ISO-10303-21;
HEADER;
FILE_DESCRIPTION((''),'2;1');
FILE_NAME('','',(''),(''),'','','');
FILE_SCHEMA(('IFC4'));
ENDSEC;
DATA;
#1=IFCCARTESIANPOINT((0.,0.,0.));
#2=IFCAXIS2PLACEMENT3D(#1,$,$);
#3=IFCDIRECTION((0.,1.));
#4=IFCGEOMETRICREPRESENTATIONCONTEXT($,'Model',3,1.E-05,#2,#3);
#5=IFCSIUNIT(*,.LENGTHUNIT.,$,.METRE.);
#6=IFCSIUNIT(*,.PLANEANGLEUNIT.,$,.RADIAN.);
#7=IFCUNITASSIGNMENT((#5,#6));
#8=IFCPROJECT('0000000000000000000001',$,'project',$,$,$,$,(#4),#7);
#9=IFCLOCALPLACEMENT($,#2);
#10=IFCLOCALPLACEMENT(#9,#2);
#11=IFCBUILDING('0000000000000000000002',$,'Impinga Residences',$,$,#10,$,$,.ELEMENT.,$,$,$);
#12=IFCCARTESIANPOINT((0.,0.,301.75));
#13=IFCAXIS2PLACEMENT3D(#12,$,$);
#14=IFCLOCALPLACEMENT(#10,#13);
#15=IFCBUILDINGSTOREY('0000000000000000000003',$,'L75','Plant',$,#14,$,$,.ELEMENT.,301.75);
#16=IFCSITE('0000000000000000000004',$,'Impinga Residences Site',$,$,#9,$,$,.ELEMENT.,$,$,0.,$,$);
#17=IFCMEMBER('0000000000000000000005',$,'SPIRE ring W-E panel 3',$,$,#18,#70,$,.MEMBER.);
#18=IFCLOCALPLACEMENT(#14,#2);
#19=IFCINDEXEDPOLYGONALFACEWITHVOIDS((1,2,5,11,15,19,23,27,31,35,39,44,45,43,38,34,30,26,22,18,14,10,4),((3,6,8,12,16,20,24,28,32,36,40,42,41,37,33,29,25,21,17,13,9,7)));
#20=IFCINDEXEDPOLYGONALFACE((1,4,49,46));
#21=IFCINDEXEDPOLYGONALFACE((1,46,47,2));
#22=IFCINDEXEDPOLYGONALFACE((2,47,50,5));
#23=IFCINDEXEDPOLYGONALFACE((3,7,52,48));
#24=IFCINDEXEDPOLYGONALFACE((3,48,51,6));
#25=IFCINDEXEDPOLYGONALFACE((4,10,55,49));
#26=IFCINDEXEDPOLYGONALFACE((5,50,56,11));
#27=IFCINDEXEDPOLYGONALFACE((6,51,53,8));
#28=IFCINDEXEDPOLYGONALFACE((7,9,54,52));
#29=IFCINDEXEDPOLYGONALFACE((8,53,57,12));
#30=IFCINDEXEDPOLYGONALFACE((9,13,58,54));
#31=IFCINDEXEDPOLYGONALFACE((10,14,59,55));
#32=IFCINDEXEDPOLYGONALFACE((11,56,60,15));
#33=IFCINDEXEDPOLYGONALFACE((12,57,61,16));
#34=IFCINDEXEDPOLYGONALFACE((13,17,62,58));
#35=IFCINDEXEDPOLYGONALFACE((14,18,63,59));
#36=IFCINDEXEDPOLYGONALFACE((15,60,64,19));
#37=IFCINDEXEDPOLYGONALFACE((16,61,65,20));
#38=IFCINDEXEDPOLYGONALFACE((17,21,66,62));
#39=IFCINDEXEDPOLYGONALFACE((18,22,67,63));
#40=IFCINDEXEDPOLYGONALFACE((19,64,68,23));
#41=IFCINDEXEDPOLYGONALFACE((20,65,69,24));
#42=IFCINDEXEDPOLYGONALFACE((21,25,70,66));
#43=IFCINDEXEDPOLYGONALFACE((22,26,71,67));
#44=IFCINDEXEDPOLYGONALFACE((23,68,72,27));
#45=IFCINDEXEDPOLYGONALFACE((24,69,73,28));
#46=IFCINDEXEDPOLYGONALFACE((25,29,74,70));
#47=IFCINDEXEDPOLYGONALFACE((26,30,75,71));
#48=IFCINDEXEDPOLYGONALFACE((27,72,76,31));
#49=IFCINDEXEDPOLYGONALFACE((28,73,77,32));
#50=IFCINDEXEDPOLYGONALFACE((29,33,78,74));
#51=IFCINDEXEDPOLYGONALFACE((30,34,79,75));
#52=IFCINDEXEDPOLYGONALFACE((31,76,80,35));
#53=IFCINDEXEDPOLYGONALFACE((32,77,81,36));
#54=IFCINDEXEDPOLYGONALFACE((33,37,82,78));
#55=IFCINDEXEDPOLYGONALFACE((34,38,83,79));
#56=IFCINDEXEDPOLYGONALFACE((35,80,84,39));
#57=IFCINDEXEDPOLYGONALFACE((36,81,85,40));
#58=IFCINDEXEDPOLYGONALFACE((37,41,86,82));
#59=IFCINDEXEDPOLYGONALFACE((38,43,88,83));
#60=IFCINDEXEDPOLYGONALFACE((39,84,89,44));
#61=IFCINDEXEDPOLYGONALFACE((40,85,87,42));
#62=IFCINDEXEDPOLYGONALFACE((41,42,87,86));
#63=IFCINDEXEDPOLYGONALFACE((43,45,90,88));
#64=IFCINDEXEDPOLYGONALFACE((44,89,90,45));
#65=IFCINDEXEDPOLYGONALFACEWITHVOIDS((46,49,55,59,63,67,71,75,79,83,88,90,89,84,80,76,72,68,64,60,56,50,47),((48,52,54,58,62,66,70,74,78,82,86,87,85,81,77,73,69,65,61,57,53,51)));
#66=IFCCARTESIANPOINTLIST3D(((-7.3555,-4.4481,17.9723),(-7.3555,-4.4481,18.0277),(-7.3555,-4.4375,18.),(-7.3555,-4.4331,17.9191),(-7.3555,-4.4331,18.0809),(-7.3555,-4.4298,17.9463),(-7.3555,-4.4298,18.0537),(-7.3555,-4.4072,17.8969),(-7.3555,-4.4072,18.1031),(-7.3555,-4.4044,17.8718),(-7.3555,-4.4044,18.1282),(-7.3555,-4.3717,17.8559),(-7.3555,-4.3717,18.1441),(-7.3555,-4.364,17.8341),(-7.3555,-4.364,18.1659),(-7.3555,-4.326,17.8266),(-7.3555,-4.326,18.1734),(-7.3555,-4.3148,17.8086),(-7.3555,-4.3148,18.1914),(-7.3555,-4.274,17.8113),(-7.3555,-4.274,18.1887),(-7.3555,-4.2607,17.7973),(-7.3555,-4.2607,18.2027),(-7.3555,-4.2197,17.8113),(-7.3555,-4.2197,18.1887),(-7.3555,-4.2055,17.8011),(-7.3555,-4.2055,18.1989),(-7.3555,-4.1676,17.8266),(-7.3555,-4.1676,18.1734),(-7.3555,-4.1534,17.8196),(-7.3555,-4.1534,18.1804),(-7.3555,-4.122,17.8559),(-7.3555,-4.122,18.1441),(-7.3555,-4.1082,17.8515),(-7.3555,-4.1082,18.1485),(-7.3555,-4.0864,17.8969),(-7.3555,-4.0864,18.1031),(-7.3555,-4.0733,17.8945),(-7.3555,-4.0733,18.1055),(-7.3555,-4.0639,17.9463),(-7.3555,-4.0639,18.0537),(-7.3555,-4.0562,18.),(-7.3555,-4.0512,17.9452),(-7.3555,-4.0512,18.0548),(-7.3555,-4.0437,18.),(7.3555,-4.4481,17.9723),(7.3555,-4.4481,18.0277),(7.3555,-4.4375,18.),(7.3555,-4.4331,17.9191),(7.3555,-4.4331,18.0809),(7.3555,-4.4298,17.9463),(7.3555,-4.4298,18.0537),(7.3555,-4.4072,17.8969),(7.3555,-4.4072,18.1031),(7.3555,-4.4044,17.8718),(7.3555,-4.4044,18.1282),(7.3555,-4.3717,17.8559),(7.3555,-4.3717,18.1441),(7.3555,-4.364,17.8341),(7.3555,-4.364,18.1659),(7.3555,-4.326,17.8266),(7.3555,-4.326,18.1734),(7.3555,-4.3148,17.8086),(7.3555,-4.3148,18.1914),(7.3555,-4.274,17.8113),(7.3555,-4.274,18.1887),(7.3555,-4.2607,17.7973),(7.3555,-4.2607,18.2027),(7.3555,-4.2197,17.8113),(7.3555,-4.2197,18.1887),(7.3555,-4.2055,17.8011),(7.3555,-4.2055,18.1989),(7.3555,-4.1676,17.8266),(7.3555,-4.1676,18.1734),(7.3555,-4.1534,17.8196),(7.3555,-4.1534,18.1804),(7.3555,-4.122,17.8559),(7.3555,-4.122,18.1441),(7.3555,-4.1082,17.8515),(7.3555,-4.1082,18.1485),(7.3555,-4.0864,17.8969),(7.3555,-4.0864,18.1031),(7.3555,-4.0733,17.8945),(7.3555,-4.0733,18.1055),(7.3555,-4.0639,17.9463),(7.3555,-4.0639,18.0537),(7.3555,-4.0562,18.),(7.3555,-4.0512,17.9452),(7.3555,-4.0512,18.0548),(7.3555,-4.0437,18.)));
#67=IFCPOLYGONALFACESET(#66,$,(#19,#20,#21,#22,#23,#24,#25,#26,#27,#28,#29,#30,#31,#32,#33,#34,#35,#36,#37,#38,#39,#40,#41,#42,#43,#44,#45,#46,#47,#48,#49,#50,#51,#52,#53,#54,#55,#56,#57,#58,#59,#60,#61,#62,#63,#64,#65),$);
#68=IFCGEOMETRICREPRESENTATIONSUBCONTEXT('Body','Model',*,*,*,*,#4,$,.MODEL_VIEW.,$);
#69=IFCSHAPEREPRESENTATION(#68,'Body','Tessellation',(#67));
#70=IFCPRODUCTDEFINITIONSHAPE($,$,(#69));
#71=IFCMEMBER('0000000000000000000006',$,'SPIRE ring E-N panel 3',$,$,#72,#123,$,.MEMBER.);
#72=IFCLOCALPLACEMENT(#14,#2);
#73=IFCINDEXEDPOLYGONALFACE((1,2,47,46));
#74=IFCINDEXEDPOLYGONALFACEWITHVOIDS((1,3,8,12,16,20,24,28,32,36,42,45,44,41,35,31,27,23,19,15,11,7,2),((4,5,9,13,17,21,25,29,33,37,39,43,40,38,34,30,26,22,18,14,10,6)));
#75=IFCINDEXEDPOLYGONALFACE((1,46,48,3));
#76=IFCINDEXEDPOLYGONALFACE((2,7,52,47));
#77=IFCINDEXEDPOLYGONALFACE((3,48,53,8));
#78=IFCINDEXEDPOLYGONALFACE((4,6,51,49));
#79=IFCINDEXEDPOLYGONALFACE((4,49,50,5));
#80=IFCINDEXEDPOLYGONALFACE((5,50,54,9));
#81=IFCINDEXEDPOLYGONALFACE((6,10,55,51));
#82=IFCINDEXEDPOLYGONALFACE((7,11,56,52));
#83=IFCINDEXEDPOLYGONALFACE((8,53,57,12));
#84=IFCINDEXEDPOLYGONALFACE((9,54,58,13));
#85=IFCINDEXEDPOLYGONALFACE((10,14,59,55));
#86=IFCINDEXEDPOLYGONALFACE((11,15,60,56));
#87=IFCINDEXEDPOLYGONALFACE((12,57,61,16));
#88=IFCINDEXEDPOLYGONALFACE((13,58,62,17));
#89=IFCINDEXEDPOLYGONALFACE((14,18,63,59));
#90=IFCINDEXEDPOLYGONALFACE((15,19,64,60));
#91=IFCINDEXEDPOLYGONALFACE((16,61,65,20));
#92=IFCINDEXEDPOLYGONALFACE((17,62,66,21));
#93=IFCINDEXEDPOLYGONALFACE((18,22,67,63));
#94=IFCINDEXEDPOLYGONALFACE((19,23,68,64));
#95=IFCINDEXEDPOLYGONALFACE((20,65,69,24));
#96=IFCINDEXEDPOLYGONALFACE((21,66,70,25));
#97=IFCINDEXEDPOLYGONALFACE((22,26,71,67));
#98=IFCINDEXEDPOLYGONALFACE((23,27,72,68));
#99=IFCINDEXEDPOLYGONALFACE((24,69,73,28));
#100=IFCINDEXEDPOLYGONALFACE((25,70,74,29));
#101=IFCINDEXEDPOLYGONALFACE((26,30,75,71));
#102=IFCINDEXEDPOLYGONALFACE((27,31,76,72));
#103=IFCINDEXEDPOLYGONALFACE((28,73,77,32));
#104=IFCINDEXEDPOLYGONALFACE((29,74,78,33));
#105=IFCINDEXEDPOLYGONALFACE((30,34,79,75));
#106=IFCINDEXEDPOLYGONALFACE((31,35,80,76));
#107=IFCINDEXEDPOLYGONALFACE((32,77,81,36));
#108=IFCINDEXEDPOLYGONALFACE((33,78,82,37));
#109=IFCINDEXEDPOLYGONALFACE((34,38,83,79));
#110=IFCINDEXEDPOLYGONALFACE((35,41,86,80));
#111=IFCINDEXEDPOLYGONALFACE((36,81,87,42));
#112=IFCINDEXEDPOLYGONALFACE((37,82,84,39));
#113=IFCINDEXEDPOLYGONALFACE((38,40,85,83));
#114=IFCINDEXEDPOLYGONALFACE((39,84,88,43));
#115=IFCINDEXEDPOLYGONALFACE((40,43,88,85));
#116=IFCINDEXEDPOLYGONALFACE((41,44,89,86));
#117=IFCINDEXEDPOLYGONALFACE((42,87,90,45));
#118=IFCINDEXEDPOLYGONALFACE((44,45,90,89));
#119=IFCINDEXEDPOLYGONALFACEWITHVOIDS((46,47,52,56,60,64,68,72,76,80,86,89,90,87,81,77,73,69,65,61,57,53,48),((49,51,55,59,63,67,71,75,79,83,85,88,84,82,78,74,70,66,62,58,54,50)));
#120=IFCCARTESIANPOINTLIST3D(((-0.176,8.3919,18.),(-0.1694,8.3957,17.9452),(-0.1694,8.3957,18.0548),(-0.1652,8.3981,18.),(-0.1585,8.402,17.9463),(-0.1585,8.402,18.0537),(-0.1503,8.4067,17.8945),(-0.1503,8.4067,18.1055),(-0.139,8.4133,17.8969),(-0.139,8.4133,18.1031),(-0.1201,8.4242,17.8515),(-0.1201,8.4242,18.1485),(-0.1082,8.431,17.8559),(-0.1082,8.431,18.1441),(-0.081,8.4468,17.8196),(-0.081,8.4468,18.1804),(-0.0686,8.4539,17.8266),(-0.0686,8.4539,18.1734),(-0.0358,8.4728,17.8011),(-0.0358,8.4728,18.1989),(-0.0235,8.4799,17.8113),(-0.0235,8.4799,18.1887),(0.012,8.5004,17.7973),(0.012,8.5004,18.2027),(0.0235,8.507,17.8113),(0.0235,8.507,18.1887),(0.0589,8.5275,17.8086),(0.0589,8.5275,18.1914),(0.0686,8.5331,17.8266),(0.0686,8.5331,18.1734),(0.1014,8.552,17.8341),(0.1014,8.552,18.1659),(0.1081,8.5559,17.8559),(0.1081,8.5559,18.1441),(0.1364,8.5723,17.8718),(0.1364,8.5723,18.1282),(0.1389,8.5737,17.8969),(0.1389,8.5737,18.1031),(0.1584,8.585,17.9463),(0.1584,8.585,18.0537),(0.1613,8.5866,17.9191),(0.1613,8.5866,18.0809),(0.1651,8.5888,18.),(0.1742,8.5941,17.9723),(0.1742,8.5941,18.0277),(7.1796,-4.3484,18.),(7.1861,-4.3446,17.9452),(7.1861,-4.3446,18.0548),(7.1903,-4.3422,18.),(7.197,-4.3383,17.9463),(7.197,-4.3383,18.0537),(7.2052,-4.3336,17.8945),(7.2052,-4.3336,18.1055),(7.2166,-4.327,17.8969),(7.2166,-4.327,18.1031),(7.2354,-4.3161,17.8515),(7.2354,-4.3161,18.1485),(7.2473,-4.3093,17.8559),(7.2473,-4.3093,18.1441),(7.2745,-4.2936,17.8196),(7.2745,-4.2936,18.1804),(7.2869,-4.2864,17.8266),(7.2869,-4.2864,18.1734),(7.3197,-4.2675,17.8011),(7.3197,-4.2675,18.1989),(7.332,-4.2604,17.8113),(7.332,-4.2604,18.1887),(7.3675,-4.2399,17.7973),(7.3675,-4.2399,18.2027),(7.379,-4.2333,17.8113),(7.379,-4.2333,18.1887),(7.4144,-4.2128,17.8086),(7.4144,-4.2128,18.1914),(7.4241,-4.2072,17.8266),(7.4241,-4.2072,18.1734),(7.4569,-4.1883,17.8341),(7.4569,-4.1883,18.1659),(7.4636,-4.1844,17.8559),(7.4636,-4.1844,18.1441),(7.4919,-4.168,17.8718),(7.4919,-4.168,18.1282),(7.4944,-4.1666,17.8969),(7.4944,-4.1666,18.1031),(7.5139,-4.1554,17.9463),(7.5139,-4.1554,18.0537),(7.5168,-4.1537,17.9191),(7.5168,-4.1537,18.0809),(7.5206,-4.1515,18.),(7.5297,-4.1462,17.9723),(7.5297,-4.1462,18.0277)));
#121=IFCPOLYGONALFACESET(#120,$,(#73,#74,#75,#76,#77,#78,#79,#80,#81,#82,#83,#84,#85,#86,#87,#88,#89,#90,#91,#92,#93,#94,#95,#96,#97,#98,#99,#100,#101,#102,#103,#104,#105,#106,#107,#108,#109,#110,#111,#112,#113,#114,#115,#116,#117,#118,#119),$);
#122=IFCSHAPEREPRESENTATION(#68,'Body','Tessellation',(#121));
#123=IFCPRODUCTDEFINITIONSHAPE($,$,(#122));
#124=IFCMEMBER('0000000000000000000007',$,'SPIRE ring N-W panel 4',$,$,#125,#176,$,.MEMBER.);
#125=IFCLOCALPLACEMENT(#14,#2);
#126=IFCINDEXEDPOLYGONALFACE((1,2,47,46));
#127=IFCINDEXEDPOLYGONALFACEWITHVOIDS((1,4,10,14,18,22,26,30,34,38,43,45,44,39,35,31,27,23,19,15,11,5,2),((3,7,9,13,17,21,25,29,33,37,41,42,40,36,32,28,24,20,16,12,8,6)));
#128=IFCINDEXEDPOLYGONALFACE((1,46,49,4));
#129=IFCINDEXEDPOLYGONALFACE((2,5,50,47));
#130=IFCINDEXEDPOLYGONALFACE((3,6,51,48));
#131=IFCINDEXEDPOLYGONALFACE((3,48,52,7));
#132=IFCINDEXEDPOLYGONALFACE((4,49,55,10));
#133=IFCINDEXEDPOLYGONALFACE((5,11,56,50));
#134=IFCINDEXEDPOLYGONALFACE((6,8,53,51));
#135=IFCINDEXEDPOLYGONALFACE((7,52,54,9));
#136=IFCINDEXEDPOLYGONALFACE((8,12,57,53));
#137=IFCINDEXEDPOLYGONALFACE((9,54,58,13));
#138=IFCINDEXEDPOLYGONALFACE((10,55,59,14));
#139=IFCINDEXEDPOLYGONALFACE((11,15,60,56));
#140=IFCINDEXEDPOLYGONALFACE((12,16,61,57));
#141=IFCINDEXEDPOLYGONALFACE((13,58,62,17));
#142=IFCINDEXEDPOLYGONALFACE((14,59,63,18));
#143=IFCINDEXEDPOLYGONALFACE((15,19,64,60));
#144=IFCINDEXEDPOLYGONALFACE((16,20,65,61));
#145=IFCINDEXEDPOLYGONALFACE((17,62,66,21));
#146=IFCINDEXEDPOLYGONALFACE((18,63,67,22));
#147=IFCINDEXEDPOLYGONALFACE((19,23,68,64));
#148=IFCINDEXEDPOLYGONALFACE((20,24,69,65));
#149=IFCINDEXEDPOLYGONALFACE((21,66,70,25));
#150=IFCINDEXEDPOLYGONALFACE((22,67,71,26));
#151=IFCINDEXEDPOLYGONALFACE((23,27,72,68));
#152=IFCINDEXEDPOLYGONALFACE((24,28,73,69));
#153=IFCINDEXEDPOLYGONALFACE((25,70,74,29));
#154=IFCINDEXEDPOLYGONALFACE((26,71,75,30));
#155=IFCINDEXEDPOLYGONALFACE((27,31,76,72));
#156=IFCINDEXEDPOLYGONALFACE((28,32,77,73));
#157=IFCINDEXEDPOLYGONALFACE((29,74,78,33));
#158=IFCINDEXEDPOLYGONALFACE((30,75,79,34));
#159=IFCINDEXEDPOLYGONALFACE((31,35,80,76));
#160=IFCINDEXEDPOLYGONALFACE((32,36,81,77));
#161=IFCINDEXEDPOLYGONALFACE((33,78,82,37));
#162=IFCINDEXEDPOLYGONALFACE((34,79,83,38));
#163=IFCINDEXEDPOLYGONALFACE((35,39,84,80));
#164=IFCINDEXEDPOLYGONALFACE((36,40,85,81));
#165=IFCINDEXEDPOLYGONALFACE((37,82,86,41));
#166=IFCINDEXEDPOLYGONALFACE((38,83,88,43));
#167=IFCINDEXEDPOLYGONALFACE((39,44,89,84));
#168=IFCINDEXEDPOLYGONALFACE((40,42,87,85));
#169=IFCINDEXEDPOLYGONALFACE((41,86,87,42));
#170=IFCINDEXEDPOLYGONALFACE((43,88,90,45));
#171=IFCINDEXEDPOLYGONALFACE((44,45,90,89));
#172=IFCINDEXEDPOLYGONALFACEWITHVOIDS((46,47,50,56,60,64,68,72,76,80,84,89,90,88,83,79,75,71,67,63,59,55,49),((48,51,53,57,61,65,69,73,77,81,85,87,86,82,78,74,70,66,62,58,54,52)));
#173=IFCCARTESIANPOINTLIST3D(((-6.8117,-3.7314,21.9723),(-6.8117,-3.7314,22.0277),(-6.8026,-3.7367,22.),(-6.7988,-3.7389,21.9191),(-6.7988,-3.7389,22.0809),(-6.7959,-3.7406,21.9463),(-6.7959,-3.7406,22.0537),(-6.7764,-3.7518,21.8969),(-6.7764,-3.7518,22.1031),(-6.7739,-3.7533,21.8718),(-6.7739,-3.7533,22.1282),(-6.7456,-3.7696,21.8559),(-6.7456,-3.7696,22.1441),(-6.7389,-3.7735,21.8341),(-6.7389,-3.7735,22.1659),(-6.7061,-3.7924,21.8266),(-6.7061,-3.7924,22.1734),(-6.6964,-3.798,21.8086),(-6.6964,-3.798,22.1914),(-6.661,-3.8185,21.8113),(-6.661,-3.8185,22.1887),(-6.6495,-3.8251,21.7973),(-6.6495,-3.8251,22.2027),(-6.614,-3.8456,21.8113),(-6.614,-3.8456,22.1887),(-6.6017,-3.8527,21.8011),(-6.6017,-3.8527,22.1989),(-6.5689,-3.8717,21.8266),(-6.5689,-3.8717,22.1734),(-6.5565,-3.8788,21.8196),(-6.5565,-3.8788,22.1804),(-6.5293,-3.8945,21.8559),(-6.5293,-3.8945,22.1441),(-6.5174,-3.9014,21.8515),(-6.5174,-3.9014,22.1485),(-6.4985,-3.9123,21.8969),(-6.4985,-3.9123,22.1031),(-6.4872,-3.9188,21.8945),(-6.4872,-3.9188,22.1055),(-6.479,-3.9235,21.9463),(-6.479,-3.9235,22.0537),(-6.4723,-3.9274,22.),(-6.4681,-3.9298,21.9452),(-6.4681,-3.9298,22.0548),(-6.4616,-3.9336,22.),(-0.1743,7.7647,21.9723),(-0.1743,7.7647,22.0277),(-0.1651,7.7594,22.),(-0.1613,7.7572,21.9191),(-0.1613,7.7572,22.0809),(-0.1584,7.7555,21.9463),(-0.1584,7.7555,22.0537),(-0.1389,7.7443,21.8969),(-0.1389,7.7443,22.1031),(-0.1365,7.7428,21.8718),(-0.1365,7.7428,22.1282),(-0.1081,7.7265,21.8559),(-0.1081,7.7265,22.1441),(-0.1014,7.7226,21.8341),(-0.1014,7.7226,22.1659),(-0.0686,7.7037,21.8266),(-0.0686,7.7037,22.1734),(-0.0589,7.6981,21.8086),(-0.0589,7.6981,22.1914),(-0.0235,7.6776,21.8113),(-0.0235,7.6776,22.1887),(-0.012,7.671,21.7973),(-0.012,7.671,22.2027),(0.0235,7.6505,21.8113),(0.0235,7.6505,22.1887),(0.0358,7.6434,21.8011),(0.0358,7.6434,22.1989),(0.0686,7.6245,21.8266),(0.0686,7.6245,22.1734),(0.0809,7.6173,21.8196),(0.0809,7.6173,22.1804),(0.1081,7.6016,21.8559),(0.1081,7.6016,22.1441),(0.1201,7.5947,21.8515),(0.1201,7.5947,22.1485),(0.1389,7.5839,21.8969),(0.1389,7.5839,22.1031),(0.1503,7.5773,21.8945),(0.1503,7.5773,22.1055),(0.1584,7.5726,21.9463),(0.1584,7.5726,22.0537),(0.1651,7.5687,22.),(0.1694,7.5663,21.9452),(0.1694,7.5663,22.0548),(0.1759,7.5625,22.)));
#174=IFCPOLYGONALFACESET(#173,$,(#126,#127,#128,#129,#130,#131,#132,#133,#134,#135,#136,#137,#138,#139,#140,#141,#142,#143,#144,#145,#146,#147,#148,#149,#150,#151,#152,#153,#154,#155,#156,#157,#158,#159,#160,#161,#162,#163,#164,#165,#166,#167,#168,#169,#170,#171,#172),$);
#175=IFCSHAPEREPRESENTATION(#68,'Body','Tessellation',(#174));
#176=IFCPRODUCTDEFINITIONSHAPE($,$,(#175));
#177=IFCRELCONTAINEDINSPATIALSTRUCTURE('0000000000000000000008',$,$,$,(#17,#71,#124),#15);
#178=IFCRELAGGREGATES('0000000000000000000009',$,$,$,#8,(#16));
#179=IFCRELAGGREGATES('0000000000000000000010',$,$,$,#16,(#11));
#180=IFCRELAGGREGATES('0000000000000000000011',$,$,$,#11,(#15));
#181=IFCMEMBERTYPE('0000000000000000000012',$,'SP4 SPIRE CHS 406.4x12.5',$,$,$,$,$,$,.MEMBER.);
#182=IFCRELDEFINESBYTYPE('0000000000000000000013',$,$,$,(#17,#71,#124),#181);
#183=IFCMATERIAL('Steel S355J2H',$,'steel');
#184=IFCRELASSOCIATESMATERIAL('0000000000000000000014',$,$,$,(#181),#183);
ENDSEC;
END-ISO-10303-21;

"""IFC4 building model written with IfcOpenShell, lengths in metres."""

from ifc_helpers import new_model, si_unit, direction, frame, origin, origin_2d, place, context, subcontext, project, spatial, hollow_circle, extrude, material, material_profile, profile_set, type_object, element, save


model = new_model("IFC4")

# Units and contexts
model_context = context("Model", 3, precision=1e-05, world=origin(), true_north=direction((0.0, 1.0)))
body_context = subcontext(model_context, "Body", "Model", "MODEL_VIEW")
ifc_project = project(units=[si_unit("LENGTHUNIT", "METRE"), si_unit("PLANEANGLEUNIT", "RADIAN")], contexts=[model_context])

# Site, building, storey
site_placement = place(None, origin())
site = spatial("IfcSite", under=ifc_project, at=site_placement, Name="Impinga Residences Site", CompositionType="ELEMENT", RefElevation=0.0)
building_placement = place(site_placement, origin())
building = spatial("IfcBuilding", under=site, at=building_placement, Name="Impinga Residences", CompositionType="ELEMENT")
storey_placement = place(building_placement, frame((0.0, 0.0, 301.75)))
storey = spatial("IfcBuildingStorey", under=building, at=storey_placement, Name="L75", Description="Plant", CompositionType="ELEMENT", Elevation=301.75)

# Members
ifc_material = material(Name="Steel S355J2H", Category="steel")
ifc_material_profile_1 = material_profile(ifc_material, hollow_circle(Radius=0.2031, WallThickness=0.0125, at=origin_2d()), Name="CHS 406.4x12.5")
ifc_profile_set_1 = profile_set([ifc_material_profile_1], Name="Steel S355J2H")
member_type_1 = type_object("IfcMemberType", Name="SP4 SPIRE CHS 406.4x12.5", PredefinedType="MEMBER", material=ifc_profile_set_1)
member_1_placement = place(storey_placement, frame((-7.3555, -4.2468, 18.0), z_axis=(1.0, 0.0, 0.0), x_axis=(0.0, 1.0, 0.0)))
element("IfcMember", 1, at=member_1_placement, inside=storey, type_object=member_type_1, Name="SPIRE ring W-E panel 3", PredefinedType="MEMBER", context=body_context, shape_type="SweptSolid", body=[
    extrude(hollow_circle(Radius=0.2031, WallThickness=0.0125, at=origin_2d()), origin(), (0.0, 0.0, 1.0), 14.7109),
])
member_2_placement = place(storey_placement, frame((7.3555, -4.2468, 18.0), z_axis=(-0.499994, 0.866029, 0.0), x_axis=(-0.866029, -0.499994, 0.0)))
element("IfcMember", 2, at=member_2_placement, inside=storey, type_object=member_type_1, Name="SPIRE ring E-N panel 3", PredefinedType="MEMBER", context=body_context, shape_type="SweptSolid", body=[
    extrude(hollow_circle(Radius=0.2031, WallThickness=0.0125, at=origin_2d()), origin(), (0.0, 0.0, 1.0), 14.7112),
])
member_3_placement = place(storey_placement, frame((0.0, 7.6641, 22.0), z_axis=(-0.50001, -0.86602, 0.0), x_axis=(0.86602, -0.50001, 0.0)))
element("IfcMember", 3, at=member_3_placement, inside=storey, type_object=member_type_1, Name="SPIRE ring N-W panel 4", PredefinedType="MEMBER", context=body_context, shape_type="SweptSolid", body=[
    extrude(hollow_circle(Radius=0.2031, WallThickness=0.0125, at=origin_2d()), origin(), (0.0, 0.0, 1.0), 13.2747),
])

save(model, "model.ifc")
